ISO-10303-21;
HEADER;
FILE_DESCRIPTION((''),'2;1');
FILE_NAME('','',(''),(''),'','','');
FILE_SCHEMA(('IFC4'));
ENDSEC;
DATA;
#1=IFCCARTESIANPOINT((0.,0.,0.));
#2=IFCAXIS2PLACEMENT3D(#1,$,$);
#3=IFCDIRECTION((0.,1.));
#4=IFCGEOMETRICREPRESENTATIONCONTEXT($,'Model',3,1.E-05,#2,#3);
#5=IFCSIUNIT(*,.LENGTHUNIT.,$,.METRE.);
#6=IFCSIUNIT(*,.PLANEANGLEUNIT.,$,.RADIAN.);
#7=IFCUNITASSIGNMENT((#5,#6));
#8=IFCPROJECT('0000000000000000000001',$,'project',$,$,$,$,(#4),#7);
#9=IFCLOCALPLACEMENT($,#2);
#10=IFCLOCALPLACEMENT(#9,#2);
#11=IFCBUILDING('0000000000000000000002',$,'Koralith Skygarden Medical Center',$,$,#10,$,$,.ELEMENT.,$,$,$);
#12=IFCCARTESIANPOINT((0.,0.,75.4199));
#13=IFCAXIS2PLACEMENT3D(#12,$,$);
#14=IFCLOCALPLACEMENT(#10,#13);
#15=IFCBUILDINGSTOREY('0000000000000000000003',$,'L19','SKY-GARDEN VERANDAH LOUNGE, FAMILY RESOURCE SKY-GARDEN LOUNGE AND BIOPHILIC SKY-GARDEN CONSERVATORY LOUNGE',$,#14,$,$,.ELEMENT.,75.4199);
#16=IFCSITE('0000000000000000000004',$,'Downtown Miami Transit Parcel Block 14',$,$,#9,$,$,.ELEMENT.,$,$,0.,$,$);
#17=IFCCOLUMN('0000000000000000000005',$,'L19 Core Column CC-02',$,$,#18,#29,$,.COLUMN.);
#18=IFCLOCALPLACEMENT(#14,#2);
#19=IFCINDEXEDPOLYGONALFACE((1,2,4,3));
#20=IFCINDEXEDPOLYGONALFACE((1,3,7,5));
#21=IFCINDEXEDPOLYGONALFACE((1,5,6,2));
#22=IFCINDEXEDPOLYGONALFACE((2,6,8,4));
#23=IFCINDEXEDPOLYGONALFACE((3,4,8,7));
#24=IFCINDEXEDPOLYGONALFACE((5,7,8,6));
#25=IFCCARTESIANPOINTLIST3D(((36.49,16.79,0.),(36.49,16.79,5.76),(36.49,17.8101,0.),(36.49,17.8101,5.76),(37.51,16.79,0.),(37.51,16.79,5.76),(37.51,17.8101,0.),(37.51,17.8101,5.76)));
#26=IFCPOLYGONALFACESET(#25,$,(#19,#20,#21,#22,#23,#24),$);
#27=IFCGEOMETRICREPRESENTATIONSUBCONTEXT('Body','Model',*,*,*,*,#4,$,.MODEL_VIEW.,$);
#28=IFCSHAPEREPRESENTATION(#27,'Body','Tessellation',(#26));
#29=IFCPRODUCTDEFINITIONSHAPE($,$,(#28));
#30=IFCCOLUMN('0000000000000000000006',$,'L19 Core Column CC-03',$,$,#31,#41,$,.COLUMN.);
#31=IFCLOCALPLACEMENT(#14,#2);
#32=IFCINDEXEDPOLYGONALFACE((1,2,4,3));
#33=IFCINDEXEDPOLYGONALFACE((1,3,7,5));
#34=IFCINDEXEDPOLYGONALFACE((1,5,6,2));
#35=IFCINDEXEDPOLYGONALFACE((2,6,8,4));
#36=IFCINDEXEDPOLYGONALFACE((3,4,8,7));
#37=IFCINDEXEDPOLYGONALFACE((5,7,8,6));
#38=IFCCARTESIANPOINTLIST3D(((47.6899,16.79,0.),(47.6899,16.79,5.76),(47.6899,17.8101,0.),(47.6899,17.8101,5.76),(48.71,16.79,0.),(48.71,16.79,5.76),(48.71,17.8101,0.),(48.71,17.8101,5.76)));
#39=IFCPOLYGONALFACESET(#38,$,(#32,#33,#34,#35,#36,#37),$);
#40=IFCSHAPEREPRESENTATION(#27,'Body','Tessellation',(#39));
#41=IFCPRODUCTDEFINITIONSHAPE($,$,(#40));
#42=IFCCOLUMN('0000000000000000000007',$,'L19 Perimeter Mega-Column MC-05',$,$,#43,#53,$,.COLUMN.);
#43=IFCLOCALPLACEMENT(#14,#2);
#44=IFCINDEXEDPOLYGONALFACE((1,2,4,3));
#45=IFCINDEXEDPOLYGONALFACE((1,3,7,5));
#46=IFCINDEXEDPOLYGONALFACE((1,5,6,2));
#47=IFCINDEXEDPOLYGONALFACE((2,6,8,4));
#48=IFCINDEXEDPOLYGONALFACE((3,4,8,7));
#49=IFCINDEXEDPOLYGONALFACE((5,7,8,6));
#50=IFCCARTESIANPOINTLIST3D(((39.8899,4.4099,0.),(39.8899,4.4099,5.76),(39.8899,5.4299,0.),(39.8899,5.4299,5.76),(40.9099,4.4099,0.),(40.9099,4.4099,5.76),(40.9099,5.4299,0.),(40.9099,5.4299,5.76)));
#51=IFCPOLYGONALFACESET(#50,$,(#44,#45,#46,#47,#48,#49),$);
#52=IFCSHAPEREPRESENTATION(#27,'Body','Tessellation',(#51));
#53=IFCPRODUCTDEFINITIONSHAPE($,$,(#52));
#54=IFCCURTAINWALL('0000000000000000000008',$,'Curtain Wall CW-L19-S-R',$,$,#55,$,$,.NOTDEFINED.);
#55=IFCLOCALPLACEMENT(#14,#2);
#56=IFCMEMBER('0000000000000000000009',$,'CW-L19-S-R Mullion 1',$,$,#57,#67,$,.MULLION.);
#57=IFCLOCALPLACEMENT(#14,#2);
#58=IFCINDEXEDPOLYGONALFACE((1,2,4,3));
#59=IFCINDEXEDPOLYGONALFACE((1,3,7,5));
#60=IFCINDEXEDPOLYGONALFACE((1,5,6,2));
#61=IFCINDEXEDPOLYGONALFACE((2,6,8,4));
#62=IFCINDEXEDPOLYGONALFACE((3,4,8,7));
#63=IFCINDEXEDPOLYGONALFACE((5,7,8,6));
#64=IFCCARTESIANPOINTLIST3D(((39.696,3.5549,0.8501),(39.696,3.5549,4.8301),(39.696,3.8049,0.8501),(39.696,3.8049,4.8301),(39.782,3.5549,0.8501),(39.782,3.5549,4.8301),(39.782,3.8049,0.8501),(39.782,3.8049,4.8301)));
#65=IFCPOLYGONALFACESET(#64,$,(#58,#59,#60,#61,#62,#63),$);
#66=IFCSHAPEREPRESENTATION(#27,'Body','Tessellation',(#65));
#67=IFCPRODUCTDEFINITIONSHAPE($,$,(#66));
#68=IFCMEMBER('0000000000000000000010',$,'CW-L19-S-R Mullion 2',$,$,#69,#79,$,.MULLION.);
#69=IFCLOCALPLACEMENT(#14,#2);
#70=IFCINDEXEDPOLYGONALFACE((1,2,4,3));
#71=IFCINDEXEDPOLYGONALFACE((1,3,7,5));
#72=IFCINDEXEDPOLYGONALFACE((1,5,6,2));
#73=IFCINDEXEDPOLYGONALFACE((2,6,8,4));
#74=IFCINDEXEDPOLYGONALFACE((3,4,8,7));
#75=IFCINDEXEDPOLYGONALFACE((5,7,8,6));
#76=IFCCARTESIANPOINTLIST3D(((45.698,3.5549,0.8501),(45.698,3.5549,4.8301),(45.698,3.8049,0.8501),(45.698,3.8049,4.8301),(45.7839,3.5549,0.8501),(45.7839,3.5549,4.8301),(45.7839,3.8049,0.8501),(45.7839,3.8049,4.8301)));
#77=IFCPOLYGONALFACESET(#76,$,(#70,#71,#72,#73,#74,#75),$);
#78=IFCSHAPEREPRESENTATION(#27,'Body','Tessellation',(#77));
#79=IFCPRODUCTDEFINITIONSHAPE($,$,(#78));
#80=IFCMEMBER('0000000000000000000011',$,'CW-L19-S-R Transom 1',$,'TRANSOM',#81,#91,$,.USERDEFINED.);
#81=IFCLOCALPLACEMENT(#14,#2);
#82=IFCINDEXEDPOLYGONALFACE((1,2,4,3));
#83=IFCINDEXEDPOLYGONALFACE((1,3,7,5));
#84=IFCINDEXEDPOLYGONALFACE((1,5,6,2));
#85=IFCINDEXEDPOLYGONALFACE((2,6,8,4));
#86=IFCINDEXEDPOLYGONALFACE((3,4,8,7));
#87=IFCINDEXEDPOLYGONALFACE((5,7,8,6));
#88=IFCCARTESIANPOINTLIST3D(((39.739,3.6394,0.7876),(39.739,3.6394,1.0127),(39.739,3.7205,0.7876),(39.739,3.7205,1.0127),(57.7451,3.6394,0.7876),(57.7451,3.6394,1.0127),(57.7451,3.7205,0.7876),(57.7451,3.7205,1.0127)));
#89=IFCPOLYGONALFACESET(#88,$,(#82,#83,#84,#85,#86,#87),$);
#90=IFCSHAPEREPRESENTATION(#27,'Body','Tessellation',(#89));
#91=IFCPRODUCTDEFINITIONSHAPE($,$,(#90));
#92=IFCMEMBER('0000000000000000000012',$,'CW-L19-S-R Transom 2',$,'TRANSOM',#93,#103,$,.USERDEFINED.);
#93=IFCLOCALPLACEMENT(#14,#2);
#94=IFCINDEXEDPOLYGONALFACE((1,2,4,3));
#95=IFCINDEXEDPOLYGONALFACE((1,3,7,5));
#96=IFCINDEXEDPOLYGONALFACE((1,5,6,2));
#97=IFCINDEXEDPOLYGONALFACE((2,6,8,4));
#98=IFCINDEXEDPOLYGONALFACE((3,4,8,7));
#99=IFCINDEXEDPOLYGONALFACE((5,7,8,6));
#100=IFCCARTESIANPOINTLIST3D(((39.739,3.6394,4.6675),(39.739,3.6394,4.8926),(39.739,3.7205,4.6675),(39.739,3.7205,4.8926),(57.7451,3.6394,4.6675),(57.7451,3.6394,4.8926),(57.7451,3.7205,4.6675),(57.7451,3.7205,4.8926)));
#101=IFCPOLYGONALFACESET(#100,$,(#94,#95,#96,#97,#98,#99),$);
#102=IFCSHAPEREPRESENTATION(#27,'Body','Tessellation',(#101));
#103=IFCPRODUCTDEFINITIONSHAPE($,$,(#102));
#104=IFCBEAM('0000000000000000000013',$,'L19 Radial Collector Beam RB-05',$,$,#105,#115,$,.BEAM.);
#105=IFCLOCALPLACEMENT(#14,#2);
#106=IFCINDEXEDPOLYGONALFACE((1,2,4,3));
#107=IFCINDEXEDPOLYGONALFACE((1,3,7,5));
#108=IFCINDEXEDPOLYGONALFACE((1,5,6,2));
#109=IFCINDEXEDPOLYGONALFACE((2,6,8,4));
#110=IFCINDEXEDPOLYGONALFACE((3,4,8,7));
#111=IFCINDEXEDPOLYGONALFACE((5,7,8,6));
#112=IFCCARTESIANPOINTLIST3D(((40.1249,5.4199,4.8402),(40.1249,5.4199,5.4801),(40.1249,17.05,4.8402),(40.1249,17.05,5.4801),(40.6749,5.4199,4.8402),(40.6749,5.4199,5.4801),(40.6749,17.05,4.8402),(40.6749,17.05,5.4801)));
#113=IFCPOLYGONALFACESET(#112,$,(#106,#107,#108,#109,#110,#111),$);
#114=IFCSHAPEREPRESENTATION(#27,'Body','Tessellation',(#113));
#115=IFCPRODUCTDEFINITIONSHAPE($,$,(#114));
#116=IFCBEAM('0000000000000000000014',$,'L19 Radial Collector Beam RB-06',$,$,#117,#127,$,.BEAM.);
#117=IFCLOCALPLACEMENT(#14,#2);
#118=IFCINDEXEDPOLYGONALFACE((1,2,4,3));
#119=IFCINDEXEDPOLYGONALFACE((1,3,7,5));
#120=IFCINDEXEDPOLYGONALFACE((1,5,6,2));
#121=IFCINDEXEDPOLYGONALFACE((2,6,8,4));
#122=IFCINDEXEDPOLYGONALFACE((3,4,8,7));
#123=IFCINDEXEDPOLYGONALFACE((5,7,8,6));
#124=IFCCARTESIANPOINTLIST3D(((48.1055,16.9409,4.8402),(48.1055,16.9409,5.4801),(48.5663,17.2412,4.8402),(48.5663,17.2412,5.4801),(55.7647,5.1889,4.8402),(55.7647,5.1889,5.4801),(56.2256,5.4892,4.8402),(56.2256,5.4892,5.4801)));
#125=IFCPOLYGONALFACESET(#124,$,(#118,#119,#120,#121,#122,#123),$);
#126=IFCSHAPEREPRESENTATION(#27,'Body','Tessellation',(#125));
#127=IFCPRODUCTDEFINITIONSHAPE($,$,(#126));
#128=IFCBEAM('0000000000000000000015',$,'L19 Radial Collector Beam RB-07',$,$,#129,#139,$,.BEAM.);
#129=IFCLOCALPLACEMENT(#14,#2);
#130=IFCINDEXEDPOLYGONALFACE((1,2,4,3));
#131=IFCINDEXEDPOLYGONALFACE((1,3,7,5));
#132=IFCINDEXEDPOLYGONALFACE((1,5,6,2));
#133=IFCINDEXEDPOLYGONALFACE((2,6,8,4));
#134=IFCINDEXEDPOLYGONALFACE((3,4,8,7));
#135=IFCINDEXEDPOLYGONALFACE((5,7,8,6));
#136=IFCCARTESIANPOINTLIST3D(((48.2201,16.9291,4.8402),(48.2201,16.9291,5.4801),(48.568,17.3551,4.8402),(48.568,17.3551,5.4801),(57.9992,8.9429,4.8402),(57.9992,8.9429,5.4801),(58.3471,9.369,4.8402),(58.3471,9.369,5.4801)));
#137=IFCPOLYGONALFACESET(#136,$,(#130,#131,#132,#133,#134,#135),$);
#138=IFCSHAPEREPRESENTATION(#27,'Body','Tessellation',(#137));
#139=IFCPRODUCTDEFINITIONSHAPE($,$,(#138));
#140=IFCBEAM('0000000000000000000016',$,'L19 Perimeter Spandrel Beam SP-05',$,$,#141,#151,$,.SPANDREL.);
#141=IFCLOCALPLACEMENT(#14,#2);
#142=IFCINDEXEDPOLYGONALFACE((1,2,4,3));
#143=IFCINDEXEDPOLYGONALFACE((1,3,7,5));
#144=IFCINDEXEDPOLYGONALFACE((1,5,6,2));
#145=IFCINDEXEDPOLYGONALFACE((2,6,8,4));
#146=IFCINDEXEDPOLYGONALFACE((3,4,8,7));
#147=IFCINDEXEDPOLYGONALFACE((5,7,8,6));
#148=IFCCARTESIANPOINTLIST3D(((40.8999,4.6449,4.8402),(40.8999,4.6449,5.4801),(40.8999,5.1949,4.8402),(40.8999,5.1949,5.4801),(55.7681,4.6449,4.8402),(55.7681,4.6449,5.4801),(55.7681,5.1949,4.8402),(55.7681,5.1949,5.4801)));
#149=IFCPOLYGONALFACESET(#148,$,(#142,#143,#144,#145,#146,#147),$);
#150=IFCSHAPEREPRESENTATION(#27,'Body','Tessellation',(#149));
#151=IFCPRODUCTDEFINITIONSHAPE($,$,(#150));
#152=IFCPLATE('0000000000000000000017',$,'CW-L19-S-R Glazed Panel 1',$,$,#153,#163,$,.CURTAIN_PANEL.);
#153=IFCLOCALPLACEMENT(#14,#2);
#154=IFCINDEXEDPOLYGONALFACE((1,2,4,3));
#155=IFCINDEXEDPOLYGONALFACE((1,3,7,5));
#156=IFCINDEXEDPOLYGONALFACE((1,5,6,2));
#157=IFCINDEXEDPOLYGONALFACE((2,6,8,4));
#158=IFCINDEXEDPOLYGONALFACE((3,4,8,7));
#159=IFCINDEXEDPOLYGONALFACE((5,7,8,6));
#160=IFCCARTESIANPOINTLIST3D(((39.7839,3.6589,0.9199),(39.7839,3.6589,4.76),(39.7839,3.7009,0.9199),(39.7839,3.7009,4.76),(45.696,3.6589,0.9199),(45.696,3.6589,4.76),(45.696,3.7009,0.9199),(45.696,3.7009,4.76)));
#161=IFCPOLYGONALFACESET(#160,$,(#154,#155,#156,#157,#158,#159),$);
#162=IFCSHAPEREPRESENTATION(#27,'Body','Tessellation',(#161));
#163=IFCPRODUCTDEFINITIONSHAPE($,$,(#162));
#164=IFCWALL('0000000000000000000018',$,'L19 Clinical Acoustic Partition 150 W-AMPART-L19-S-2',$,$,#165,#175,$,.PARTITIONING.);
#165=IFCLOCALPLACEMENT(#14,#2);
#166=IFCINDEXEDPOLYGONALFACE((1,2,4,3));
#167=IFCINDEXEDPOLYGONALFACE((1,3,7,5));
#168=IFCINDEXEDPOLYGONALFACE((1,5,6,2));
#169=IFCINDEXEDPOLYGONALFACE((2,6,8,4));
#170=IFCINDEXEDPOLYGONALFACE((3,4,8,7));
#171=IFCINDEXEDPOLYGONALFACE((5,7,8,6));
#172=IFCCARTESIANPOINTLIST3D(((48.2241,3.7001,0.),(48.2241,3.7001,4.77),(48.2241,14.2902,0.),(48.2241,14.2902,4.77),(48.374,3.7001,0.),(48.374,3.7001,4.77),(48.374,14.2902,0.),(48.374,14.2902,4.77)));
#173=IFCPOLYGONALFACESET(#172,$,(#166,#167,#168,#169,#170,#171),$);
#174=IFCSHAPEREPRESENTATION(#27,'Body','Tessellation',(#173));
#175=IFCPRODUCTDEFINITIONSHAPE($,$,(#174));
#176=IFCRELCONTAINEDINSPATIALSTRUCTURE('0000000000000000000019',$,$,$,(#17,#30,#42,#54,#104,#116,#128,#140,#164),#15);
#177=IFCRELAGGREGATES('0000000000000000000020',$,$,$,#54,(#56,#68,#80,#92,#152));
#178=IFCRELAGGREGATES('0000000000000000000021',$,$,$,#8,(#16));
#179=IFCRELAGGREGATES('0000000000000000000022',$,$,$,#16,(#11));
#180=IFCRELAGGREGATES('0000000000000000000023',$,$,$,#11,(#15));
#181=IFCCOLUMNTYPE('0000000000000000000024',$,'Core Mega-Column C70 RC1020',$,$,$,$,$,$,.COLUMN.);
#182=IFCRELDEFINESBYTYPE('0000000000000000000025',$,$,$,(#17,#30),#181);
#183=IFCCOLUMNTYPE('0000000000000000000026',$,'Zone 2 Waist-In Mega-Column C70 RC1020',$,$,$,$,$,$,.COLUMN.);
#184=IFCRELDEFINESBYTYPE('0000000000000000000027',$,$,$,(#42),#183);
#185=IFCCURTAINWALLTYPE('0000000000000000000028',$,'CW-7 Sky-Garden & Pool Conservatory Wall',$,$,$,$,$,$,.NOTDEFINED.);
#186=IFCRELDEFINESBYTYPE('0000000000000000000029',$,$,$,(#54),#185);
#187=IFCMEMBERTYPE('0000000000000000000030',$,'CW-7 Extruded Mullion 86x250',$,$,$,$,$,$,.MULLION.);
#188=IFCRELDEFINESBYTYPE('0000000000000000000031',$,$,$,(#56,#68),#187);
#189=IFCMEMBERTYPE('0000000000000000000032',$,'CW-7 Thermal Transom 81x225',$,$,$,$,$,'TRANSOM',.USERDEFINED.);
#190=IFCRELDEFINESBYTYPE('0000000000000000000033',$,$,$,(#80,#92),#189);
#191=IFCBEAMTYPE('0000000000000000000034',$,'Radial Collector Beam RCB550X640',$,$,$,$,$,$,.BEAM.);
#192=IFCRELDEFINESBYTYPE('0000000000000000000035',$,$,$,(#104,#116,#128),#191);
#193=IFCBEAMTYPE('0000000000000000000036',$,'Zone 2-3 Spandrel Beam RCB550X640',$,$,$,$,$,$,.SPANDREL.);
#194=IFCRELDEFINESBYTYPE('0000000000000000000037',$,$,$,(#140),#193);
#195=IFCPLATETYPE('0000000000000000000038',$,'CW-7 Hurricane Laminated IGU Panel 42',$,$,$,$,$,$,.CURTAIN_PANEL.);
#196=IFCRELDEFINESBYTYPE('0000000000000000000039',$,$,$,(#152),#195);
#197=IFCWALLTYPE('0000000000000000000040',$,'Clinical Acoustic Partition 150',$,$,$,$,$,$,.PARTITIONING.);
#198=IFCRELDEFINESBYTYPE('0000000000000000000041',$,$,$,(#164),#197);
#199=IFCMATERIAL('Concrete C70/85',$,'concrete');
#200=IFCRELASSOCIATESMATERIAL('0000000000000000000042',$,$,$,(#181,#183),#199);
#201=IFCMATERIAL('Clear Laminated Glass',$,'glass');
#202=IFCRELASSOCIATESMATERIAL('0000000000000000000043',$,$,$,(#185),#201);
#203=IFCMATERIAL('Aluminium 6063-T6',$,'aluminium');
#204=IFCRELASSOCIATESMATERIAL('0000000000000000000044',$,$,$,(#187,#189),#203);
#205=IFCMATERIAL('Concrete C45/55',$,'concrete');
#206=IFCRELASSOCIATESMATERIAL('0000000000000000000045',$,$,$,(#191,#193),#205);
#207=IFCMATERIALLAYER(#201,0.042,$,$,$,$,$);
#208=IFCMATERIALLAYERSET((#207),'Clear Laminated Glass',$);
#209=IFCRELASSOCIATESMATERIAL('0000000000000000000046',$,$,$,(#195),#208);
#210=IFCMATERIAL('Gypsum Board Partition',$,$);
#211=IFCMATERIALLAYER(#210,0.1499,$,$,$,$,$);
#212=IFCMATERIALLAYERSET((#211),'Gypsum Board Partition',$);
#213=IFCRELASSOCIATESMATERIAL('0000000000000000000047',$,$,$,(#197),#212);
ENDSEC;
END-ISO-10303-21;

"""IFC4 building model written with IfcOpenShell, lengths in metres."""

from ifc_helpers import new_model, si_unit, direction, frame, frame_2d, origin, origin_2d, place, context, subcontext, project, spatial, rectangle, extrude, material, layer, layer_set, material_profile, profile_set, type_object, element, aggregate, save


model = new_model("IFC4")

# Units and contexts
model_context = context("Model", 3, precision=1e-05, world=origin(), true_north=direction((0.0, 1.0)))
body_context = subcontext(model_context, "Body", "Model", "MODEL_VIEW")
ifc_project = project(units=[si_unit("LENGTHUNIT", "METRE"), si_unit("PLANEANGLEUNIT", "RADIAN")], contexts=[model_context])

# Site, building, storey
site_placement = place(None, origin())
site = spatial("IfcSite", under=ifc_project, at=site_placement, Name="Downtown Miami Transit Parcel Block 14", CompositionType="ELEMENT", RefElevation=0.0)
building_placement = place(site_placement, origin())
building = spatial("IfcBuilding", under=site, at=building_placement, Name="Koralith Skygarden Medical Center", CompositionType="ELEMENT")
storey_placement = place(building_placement, frame((0.0, 0.0, 75.4199)))
storey = spatial("IfcBuildingStorey", under=building, at=storey_placement, Name="L19", Description="SKY-GARDEN VERANDAH LOUNGE, FAMILY RESOURCE SKY-GARDEN LOUNGE AND BIOPHILIC SKY-GARDEN CONSERVATORY LOUNGE", CompositionType="ELEMENT", Elevation=75.4199)

# Columns
ifc_material_1 = material(Name="Concrete C70/85", Category="concrete")
ifc_material_profile_1 = material_profile(ifc_material_1, rectangle(XDim=1.02, YDim=1.02, at=origin_2d()), Name="RC1020X1020")
ifc_profile_set_1 = profile_set([ifc_material_profile_1], Name="Concrete C70/85")
column_type_1 = type_object("IfcColumnType", Name="Core Mega-Column C70 RC1020", PredefinedType="COLUMN", material=ifc_profile_set_1)
for number, where, z_axis, x_axis, name in (
    (1, (37.0, 17.3, 0.0), (0.0, 0.0, 1.0), (1.0, 0.0, 0.0), "L19 Core Column CC-02"),
    (2, (48.2, 17.3, 0.0), (0.0, 0.0, 1.0), (1.0, 0.0, 0.0), "L19 Core Column CC-03"),
):
    element("IfcColumn", number, at=place(storey_placement, frame(where, z_axis=z_axis, x_axis=x_axis)), inside=storey, type_object=column_type_1, Name=name, PredefinedType="COLUMN", context=body_context, shape_type="SweptSolid", body=[
        extrude(rectangle(XDim=1.02, YDim=1.02, at=origin_2d()), origin(), (0.0, 0.0, 1.0), 5.76),
    ])
ifc_material_profile_2 = material_profile(ifc_material_1, rectangle(XDim=1.02, YDim=1.02, at=origin_2d()), Name="RC1020X1020")
ifc_profile_set_2 = profile_set([ifc_material_profile_2], Name="Concrete C70/85")
column_type_2 = type_object("IfcColumnType", Name="Zone 2 Waist-In Mega-Column C70 RC1020", PredefinedType="COLUMN", material=ifc_profile_set_2)
column_placement = place(storey_placement, frame((40.3999, 4.9199, 0.0), z_axis=(0.0, 0.0, 1.0), x_axis=(1.0, 0.0, 0.0)))
element("IfcColumn", 3, at=column_placement, inside=storey, type_object=column_type_2, Name="L19 Perimeter Mega-Column MC-05", PredefinedType="COLUMN", context=body_context, shape_type="SweptSolid", body=[
    extrude(rectangle(XDim=1.02, YDim=1.02, at=origin_2d()), origin(), (0.0, 0.0, 1.0), 5.76),
])

# Curtain wall, members
ifc_material_2 = material(Name="Clear Laminated Glass", Category="glass")
curtain_wall_type = type_object("IfcCurtainWallType", Name="CW-7 Sky-Garden & Pool Conservatory Wall", PredefinedType="NOTDEFINED", material=ifc_material_2)
curtain_wall_placement = place(storey_placement, origin())
curtain_wall = element("IfcCurtainWall", 4, at=curtain_wall_placement, inside=storey, type_object=curtain_wall_type, Name="Curtain Wall CW-L19-S-R", PredefinedType="NOTDEFINED")
ifc_material_3 = material(Name="Aluminium 6063-T6", Category="aluminium")
ifc_material_profile_3 = material_profile(ifc_material_3, rectangle(XDim=0.0859, YDim=0.25, at=origin_2d()), Name="MUL86X250")
ifc_profile_set_3 = profile_set([ifc_material_profile_3], Name="Aluminium 6063-T6")
member_type_1 = type_object("IfcMemberType", Name="CW-7 Extruded Mullion 86x250", PredefinedType="MULLION", material=ifc_profile_set_3)
member_1_placement = place(storey_placement, frame((39.739, 3.6799, 0.8501), z_axis=(0.0, 0.0, 1.0), x_axis=(1.0, 0.0, 0.0)))
member_1 = element("IfcMember", 5, at=member_1_placement, type_object=member_type_1, Name="CW-L19-S-R Mullion 1", PredefinedType="MULLION", context=body_context, shape_type="SweptSolid", body=[
    extrude(rectangle(XDim=0.0859, YDim=0.25, at=origin_2d()), origin(), (0.0, 0.0, 1.0), 3.98),
])
member_2_placement = place(storey_placement, frame((45.741, 3.6799, 0.8501), z_axis=(0.0, 0.0, 1.0), x_axis=(1.0, 0.0, 0.0)))
member_2 = element("IfcMember", 6, at=member_2_placement, type_object=member_type_1, Name="CW-L19-S-R Mullion 2", PredefinedType="MULLION", context=body_context, shape_type="SweptSolid", body=[
    extrude(rectangle(XDim=0.0859, YDim=0.25, at=origin_2d()), origin(), (0.0, 0.0, 1.0), 3.98),
])
ifc_material_profile_4 = material_profile(ifc_material_3, rectangle(XDim=0.0811, YDim=0.2251, at=origin_2d()), Name="TRN81X225")
ifc_profile_set_4 = profile_set([ifc_material_profile_4], Name="Aluminium 6063-T6")
member_type_2 = type_object("IfcMemberType", Name="CW-7 Thermal Transom 81x225", ElementType="TRANSOM", PredefinedType="USERDEFINED", material=ifc_profile_set_4)
member_3_placement = place(storey_placement, frame((39.739, 3.6799, 0.9001), z_axis=(1.0, 0.0, 0.0), x_axis=(0.0, 1.0, 0.0)))
member_3 = element("IfcMember", 7, at=member_3_placement, type_object=member_type_2, Name="CW-L19-S-R Transom 1", ObjectType="TRANSOM", PredefinedType="USERDEFINED", context=body_context, shape_type="SweptSolid", body=[
    extrude(rectangle(XDim=0.0811, YDim=0.2251, at=origin_2d()), origin(), (0.0, 0.0, 1.0), 18.0061),
])
member_4_placement = place(storey_placement, frame((39.739, 3.6799, 4.78), z_axis=(1.0, 0.0, 0.0), x_axis=(0.0, 1.0, 0.0)))
member_4 = element("IfcMember", 8, at=member_4_placement, type_object=member_type_2, Name="CW-L19-S-R Transom 2", ObjectType="TRANSOM", PredefinedType="USERDEFINED", context=body_context, shape_type="SweptSolid", body=[
    extrude(rectangle(XDim=0.0811, YDim=0.2251, at=origin_2d()), origin(), (0.0, 0.0, 1.0), 18.0061),
])

# Beams
ifc_material_4 = material(Name="Concrete C45/55", Category="concrete")
ifc_material_profile_5 = material_profile(ifc_material_4, rectangle(XDim=0.55, YDim=0.6399, at=origin_2d()), Name="RCB550X640")
ifc_profile_set_5 = profile_set([ifc_material_profile_5], Name="Concrete C45/55")
beam_type_1 = type_object("IfcBeamType", Name="Radial Collector Beam RCB550X640", PredefinedType="BEAM", material=ifc_profile_set_5)
beam_1_placement = place(storey_placement, frame((40.3999, 17.05, 5.1602), z_axis=(0.0, -1.0, 0.0), x_axis=(1.0, 0.0, 0.0)))
element("IfcBeam", 9, at=beam_1_placement, inside=storey, type_object=beam_type_1, Name="L19 Radial Collector Beam RB-05", PredefinedType="BEAM", context=body_context, shape_type="SweptSolid", body=[
    extrude(rectangle(XDim=0.55, YDim=0.6399, at=origin_2d()), origin(), (0.0, 0.0, 1.0), 11.6301),
])
beam_2_placement = place(storey_placement, frame((48.3359, 17.0911, 5.1602), z_axis=(0.546011, -0.837778, 0.0), x_axis=(0.837778, 0.546011, 0.0)))
element("IfcBeam", 10, at=beam_2_placement, inside=storey, type_object=beam_type_1, Name="L19 Radial Collector Beam RB-06", PredefinedType="BEAM", context=body_context, shape_type="SweptSolid", body=[
    extrude(rectangle(XDim=0.55, YDim=0.6399, at=origin_2d()), origin(), (0.0, 0.0, 1.0), 14.0276),
])
beam_3_placement = place(storey_placement, frame((48.394, 17.1421, 5.1602), z_axis=(0.774538, -0.632528, 0.0), x_axis=(0.632528, 0.774538, 0.0)))
element("IfcBeam", 11, at=beam_3_placement, inside=storey, type_object=beam_type_1, Name="L19 Radial Collector Beam RB-07", PredefinedType="BEAM", context=body_context, shape_type="SweptSolid", body=[
    extrude(rectangle(XDim=0.55, YDim=0.6399, at=origin_2d()), origin(), (0.0, 0.0, 1.0), 12.6257),
])
ifc_material_profile_6 = material_profile(ifc_material_4, rectangle(XDim=0.55, YDim=0.6399, at=origin_2d()), Name="RCB550X640")
ifc_profile_set_6 = profile_set([ifc_material_profile_6], Name="Concrete C45/55")
beam_type_2 = type_object("IfcBeamType", Name="Zone 2-3 Spandrel Beam RCB550X640", PredefinedType="SPANDREL", material=ifc_profile_set_6)
beam_4_placement = place(storey_placement, frame((40.8999, 4.9199, 5.1602), z_axis=(1.0, 0.0, 0.0), x_axis=(0.0, 1.0, 0.0)))
element("IfcBeam", 12, at=beam_4_placement, inside=storey, type_object=beam_type_2, Name="L19 Perimeter Spandrel Beam SP-05", PredefinedType="SPANDREL", context=body_context, shape_type="SweptSolid", body=[
    extrude(rectangle(XDim=0.55, YDim=0.6399, at=origin_2d()), origin(), (0.0, 0.0, 1.0), 14.8682),
])

# Plate
ifc_layer_1 = layer(ifc_material_2, 0.042)
ifc_layer_set_1 = layer_set([ifc_layer_1], Name="Clear Laminated Glass")
plate_type = type_object("IfcPlateType", Name="CW-7 Hurricane Laminated IGU Panel 42", PredefinedType="CURTAIN_PANEL", material=ifc_layer_set_1)
plate_placement = place(storey_placement, frame((42.74, 3.6799, 0.9199), z_axis=(0.0, 0.0, 1.0), x_axis=(1.0, 0.0, 0.0)))
plate = element("IfcPlate", 13, at=plate_placement, type_object=plate_type, Name="CW-L19-S-R Glazed Panel 1", PredefinedType="CURTAIN_PANEL", context=body_context, shape_type="SweptSolid", body=[
    extrude(rectangle(XDim=5.9121, YDim=0.042, at=origin_2d()), origin(), (0.0, 0.0, 1.0), 3.8401),
])
aggregate(curtain_wall, [member_1, member_2, member_3, member_4, plate])

# Wall
ifc_material_5 = material(Name="Gypsum Board Partition")
ifc_layer_2 = layer(ifc_material_5, 0.1499)
ifc_layer_set_2 = layer_set([ifc_layer_2], Name="Gypsum Board Partition")
wall_type_1 = type_object("IfcWallType", Name="Clinical Acoustic Partition 150", PredefinedType="PARTITIONING", material=ifc_layer_set_2)
wall_1_placement = place(storey_placement, frame((48.2991, 14.29, 0.0), z_axis=(0.0, 0.0, 1.0), x_axis=(0.0, -1.0, 0.0)))
element("IfcWall", 14, at=wall_1_placement, inside=storey, type_object=wall_type_1, Name="L19 Clinical Acoustic Partition 150 W-AMPART-L19-S-2", PredefinedType="PARTITIONING", context=body_context, shape_type="SweptSolid", body=[
    extrude(rectangle(XDim=10.5901, YDim=0.1499, at=frame_2d((5.2949, 0.0))), origin(), (0.0, 0.0, 1.0), 4.77),
])

save(model, "model.ifc")
